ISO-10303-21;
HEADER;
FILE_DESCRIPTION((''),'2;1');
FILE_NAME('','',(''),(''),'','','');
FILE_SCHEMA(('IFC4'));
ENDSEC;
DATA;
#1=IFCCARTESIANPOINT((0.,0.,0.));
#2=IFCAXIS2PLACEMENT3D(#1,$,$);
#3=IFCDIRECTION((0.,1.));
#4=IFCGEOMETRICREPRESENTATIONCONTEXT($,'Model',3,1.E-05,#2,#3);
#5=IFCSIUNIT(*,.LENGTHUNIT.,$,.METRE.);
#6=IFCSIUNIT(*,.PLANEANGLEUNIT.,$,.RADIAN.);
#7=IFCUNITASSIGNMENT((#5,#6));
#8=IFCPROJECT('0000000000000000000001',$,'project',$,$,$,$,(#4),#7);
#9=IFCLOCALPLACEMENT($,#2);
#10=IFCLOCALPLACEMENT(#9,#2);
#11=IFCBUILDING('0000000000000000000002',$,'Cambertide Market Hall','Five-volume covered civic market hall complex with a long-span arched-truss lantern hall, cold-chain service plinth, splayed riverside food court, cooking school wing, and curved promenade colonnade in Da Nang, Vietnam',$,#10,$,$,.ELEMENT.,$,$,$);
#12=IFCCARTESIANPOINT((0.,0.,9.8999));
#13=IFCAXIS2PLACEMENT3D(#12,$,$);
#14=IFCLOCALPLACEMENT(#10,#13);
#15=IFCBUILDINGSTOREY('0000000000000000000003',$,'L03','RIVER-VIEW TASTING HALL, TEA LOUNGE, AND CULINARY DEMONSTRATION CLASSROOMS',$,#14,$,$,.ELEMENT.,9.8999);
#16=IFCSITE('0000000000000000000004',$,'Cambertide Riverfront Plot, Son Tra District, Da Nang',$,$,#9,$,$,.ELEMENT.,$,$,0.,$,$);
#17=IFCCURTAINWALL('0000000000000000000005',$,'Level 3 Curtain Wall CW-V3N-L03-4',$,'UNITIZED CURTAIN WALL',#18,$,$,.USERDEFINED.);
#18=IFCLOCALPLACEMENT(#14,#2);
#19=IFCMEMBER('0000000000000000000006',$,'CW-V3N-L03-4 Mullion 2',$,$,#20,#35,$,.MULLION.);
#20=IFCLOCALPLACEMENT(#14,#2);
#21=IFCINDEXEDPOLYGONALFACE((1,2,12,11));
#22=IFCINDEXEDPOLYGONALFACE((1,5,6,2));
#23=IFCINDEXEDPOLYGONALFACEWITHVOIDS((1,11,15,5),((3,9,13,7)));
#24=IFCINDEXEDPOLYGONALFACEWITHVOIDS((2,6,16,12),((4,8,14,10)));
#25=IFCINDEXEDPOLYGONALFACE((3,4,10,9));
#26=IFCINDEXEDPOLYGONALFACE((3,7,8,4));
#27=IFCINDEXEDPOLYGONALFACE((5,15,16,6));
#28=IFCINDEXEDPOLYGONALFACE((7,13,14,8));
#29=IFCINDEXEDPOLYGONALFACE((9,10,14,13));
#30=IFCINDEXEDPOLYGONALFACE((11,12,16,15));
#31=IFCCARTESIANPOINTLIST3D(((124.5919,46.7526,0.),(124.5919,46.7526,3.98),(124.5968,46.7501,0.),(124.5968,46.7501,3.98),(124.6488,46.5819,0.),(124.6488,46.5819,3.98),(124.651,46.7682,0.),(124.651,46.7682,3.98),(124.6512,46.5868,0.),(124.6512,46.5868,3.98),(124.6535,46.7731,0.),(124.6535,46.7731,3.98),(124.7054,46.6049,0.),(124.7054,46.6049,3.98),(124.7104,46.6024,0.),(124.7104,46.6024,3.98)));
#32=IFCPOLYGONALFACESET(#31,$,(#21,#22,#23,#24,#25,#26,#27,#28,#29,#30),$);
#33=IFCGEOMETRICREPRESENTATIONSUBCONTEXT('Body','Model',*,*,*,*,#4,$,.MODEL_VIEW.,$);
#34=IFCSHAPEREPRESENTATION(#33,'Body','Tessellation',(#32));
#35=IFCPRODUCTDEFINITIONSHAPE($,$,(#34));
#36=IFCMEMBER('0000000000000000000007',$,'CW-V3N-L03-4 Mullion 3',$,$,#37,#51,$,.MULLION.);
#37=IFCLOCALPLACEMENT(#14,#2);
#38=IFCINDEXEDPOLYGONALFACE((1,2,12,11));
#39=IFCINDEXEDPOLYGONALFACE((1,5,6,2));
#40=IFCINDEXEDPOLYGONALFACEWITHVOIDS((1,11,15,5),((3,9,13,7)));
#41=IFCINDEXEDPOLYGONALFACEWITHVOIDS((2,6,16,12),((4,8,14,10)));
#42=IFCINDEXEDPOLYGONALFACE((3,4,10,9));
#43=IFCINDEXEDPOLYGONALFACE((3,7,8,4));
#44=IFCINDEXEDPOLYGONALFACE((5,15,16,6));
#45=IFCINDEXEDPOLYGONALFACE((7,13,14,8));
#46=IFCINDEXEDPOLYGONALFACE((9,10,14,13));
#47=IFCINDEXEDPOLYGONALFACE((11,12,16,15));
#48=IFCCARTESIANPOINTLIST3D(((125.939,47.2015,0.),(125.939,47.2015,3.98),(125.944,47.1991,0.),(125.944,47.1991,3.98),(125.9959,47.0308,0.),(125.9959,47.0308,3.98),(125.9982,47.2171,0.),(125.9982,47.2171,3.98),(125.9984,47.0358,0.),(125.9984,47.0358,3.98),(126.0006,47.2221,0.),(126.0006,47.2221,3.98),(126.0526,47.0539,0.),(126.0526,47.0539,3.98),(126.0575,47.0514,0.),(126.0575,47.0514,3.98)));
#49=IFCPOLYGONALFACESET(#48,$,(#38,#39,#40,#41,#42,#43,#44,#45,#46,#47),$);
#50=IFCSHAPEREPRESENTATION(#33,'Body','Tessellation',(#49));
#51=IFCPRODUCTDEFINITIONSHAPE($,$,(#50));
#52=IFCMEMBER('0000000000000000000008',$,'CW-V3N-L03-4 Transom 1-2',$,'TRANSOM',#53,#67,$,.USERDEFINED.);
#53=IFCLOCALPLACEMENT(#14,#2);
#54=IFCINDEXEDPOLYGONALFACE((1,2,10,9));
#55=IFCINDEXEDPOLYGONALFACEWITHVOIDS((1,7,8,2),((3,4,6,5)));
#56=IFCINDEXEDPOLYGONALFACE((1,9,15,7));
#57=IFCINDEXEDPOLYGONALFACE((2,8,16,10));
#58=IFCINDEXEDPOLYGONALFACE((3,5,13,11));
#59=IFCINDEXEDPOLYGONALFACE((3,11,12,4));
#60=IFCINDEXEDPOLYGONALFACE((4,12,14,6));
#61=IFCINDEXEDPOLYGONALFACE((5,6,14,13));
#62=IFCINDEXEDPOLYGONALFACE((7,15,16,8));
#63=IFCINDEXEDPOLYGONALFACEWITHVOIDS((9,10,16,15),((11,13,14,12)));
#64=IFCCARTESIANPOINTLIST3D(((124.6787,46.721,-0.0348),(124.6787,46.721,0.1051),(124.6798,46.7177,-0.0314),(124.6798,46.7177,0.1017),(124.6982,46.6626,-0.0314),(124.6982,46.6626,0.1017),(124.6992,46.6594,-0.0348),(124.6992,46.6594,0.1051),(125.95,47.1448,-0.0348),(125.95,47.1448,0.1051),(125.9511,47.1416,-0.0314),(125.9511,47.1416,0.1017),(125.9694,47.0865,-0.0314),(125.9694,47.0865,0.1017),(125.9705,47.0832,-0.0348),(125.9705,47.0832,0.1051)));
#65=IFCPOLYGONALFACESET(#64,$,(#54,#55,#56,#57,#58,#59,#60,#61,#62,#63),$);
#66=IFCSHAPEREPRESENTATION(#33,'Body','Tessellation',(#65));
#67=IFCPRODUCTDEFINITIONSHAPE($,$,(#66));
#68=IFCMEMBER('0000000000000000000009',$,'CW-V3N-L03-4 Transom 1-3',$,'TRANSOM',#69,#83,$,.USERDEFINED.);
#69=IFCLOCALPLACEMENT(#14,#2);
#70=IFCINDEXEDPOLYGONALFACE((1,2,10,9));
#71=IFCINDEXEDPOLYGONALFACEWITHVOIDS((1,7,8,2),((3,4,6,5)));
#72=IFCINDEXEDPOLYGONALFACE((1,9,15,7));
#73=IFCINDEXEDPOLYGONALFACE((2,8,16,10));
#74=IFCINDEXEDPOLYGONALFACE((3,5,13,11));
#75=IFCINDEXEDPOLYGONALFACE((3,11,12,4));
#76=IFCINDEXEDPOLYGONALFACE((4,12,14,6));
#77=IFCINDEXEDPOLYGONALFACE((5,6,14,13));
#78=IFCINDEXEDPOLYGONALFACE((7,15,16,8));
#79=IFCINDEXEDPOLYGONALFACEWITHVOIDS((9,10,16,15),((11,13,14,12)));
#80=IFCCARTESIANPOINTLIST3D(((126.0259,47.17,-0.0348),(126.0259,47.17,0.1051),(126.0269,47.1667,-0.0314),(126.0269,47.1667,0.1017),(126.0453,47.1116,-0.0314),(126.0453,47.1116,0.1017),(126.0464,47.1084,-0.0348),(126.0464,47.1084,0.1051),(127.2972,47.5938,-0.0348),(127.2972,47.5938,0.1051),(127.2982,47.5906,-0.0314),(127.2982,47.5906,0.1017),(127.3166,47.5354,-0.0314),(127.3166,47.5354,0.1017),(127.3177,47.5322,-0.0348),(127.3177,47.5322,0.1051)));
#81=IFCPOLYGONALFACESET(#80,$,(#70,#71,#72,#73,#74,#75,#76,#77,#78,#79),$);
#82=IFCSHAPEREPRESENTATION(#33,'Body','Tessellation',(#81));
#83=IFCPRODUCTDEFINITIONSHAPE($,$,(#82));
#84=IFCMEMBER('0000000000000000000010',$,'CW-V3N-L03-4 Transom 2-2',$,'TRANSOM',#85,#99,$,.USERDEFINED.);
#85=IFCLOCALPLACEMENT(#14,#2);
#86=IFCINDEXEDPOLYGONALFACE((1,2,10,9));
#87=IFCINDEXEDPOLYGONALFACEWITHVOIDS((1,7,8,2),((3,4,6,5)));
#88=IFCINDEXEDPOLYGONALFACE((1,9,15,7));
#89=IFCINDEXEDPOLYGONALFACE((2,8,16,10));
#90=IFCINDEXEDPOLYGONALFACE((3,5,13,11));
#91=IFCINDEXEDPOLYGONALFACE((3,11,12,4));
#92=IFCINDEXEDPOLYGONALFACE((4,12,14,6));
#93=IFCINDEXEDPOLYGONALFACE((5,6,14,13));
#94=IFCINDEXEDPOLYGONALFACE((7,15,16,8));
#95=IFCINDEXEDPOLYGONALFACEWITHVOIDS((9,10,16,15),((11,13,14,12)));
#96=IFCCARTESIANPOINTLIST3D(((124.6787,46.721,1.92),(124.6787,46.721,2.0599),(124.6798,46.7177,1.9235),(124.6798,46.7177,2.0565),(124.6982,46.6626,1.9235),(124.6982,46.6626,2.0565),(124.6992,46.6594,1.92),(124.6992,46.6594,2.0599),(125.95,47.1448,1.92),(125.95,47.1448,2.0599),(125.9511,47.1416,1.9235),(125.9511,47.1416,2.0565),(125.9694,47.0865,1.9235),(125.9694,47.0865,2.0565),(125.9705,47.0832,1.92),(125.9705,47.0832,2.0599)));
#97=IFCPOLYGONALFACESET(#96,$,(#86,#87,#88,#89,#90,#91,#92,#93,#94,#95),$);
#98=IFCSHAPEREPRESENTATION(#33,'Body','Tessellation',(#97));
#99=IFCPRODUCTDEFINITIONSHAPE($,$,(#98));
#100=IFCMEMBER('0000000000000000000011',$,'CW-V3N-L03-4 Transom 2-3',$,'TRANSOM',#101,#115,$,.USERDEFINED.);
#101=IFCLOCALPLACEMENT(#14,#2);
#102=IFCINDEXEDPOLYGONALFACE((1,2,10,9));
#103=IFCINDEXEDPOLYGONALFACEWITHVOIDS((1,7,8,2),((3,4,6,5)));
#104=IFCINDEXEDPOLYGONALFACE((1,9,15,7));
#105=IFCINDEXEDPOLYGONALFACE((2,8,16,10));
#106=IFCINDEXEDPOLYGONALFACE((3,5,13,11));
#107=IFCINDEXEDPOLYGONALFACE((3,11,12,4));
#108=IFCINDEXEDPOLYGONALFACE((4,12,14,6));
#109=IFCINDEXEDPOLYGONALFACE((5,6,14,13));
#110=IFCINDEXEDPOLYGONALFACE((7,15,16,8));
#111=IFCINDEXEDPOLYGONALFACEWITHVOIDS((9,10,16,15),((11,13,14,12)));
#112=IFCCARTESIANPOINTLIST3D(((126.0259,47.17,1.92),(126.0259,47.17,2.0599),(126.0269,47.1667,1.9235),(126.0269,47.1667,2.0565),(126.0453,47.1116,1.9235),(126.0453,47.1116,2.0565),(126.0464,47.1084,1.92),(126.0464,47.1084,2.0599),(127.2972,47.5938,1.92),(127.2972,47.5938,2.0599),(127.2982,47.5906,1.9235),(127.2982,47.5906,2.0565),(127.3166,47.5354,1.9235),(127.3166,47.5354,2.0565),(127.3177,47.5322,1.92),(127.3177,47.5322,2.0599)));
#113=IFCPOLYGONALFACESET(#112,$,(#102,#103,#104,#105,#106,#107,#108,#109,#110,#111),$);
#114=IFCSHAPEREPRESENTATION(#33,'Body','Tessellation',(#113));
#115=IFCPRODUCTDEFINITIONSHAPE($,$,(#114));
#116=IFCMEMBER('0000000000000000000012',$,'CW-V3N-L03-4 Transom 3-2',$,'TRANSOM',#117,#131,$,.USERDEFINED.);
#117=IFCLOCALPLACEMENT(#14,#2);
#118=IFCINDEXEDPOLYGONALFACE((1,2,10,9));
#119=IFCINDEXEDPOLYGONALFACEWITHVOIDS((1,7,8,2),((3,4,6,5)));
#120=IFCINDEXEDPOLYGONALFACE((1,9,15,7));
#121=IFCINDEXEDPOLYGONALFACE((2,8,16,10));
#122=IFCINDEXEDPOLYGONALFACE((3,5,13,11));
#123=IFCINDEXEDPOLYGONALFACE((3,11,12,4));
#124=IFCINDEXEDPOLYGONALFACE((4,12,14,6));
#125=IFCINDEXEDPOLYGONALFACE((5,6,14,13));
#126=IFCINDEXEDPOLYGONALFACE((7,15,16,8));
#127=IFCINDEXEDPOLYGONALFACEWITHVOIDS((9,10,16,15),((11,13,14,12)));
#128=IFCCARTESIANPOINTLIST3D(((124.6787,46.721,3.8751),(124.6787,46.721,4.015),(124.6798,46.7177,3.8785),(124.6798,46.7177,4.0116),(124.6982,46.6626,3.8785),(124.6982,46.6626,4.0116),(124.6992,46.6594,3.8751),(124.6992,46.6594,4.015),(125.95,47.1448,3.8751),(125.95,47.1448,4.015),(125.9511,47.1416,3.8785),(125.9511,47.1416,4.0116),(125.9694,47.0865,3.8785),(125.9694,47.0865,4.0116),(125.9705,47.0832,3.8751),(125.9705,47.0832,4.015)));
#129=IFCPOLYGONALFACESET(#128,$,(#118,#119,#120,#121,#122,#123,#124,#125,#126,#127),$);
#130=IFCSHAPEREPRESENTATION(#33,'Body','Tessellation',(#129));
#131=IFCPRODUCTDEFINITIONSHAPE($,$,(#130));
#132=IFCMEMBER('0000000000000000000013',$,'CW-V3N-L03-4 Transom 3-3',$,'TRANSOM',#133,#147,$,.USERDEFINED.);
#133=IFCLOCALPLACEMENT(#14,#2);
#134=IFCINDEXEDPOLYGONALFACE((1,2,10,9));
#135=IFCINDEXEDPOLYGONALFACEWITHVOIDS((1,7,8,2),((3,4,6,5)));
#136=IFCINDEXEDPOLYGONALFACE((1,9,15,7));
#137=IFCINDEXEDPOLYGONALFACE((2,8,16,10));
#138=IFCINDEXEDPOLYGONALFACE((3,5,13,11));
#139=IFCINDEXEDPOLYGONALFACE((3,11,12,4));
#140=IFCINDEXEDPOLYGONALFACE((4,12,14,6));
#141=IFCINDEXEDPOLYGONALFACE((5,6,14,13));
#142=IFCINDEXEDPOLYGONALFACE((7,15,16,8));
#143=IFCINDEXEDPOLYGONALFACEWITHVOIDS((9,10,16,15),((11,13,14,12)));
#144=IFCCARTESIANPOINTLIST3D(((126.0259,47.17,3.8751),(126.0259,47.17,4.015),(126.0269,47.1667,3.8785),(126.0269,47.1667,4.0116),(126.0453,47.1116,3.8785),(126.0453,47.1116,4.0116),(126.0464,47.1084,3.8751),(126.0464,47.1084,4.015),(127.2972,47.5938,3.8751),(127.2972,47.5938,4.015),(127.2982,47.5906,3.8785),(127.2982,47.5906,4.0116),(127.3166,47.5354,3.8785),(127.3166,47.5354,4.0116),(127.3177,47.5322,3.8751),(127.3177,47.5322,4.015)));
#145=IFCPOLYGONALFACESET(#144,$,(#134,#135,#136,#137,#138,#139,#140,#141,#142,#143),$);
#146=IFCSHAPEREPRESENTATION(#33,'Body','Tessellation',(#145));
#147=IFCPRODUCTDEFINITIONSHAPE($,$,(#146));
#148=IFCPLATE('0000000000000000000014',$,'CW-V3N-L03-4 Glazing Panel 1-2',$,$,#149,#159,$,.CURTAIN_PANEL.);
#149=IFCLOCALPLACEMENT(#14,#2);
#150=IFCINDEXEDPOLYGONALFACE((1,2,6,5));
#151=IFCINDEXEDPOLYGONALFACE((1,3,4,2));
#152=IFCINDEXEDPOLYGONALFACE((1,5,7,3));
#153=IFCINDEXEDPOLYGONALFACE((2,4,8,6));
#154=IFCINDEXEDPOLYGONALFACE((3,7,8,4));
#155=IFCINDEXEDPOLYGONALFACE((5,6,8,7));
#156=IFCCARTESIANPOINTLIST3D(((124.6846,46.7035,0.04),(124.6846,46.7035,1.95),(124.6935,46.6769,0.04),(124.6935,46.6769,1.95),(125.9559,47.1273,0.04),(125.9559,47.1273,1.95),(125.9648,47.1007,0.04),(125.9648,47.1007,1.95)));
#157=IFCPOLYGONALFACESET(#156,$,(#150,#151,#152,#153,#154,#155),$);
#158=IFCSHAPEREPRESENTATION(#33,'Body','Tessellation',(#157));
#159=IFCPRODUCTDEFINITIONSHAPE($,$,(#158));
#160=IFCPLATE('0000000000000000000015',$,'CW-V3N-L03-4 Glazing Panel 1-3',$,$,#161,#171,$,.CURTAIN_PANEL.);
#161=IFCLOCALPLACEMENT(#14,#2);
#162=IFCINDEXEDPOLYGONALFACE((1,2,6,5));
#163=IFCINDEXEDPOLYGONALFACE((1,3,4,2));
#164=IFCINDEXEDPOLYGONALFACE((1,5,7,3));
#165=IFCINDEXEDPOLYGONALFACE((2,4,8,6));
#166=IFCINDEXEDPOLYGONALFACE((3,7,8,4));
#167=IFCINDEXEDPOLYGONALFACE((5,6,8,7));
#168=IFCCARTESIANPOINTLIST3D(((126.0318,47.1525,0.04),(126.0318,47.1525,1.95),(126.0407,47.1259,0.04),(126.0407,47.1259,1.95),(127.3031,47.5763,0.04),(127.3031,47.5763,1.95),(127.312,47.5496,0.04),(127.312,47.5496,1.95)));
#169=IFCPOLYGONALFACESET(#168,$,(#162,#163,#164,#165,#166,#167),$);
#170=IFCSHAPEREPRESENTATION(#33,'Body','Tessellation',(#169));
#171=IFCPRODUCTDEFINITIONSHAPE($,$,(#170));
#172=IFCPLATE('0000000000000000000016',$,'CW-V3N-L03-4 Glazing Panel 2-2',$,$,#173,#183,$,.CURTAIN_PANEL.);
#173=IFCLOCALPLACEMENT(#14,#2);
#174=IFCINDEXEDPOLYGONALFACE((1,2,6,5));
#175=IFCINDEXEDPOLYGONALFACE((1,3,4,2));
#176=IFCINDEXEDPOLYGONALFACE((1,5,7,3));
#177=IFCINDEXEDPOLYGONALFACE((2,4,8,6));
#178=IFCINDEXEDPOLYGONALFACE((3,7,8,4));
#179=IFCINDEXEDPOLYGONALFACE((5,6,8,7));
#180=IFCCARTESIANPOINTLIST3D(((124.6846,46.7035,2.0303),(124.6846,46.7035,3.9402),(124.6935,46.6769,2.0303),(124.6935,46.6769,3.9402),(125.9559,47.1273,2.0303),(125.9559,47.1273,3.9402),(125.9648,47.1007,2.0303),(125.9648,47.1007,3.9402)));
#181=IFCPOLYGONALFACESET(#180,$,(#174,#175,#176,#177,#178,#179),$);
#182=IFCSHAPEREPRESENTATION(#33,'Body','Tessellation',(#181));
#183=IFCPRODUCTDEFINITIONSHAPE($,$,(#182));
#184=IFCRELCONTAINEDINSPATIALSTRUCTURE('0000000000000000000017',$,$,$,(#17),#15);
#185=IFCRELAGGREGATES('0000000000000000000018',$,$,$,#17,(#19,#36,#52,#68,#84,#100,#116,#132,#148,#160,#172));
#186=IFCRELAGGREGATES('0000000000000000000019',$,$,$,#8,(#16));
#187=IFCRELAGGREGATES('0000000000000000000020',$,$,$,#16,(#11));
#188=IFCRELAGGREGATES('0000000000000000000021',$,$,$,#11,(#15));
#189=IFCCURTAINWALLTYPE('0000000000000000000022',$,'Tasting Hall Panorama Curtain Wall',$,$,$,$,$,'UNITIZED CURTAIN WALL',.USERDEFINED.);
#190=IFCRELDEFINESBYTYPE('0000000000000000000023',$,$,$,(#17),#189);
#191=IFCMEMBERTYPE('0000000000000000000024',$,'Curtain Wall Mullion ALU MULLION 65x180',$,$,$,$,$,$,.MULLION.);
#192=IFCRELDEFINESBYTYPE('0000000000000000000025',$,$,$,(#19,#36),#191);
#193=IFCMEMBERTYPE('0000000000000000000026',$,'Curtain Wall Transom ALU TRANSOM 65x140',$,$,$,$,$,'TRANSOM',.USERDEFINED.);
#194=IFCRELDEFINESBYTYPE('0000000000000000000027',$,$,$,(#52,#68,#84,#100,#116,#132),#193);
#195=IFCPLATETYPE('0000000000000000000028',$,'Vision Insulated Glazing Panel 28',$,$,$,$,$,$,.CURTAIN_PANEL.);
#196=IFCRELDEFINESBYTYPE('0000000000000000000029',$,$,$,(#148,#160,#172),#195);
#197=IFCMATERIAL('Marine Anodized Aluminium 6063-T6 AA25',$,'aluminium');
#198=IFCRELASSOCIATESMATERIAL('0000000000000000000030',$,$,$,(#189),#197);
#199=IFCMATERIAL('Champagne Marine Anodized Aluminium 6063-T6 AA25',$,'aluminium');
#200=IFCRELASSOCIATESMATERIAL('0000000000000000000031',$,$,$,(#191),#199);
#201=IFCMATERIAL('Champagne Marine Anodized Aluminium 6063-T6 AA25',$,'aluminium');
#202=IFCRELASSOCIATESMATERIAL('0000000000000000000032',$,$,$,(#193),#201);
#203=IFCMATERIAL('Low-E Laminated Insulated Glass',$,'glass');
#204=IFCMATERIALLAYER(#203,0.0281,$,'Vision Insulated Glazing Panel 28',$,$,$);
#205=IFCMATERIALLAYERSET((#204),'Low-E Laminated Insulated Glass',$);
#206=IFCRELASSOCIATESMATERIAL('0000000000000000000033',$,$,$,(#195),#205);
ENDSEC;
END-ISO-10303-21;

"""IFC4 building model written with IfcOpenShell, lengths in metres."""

from ifc_helpers import new_model, si_unit, direction, frame, origin, origin_2d, place, context, subcontext, project, spatial, rectangle, hollow_rectangle, extrude, material, layer, layer_set, material_profile, profile_set, type_object, element, aggregate, save


model = new_model("IFC4")

# Units and contexts
model_context = context("Model", 3, precision=1e-05, world=origin(), true_north=direction((0.0, 1.0)))
body_context = subcontext(model_context, "Body", "Model", "MODEL_VIEW")
ifc_project = project(units=[si_unit("LENGTHUNIT", "METRE"), si_unit("PLANEANGLEUNIT", "RADIAN")], contexts=[model_context])

# Site, building, storey
site_placement = place(None, origin())
site = spatial("IfcSite", under=ifc_project, at=site_placement, Name="Cambertide Riverfront Plot, Son Tra District, Da Nang", CompositionType="ELEMENT", RefElevation=0.0)
building_placement = place(site_placement, origin())
building = spatial("IfcBuilding", under=site, at=building_placement, Name="Cambertide Market Hall", Description="Five-volume covered civic market hall complex with a long-span arched-truss lantern hall, cold-chain service plinth, splayed riverside food court, cooking school wing, and curved promenade colonnade in Da Nang, Vietnam", CompositionType="ELEMENT")
storey_placement = place(building_placement, frame((0.0, 0.0, 9.8999)))
storey = spatial("IfcBuildingStorey", under=building, at=storey_placement, Name="L03", Description="RIVER-VIEW TASTING HALL, TEA LOUNGE, AND CULINARY DEMONSTRATION CLASSROOMS", CompositionType="ELEMENT", Elevation=9.8999)

# Curtain wall, members, plates
ifc_material_1 = material(Name="Marine Anodized Aluminium 6063-T6 AA25", Category="aluminium")
curtain_wall_type = type_object("IfcCurtainWallType", Name="Tasting Hall Panorama Curtain Wall", ElementType="UNITIZED CURTAIN WALL", PredefinedType="USERDEFINED", material=ifc_material_1)
curtain_wall_placement = place(storey_placement, origin())
curtain_wall = element("IfcCurtainWall", 1, at=curtain_wall_placement, inside=storey, type_object=curtain_wall_type, Name="Level 3 Curtain Wall CW-V3N-L03-4", ObjectType="UNITIZED CURTAIN WALL", PredefinedType="USERDEFINED")
ifc_material_2 = material(Name="Champagne Marine Anodized Aluminium 6063-T6 AA25", Category="aluminium")
ifc_material_profile_1 = material_profile(ifc_material_2, hollow_rectangle(XDim=0.0649, YDim=0.1799, WallThickness=0.0039, at=origin_2d()), Name="ALU MULLION 65x180")
ifc_profile_set_1 = profile_set([ifc_material_profile_1], Name="Champagne Marine Anodized Aluminium 6063-T6 AA25")
member_type_1 = type_object("IfcMemberType", Name="Curtain Wall Mullion ALU MULLION 65x180", PredefinedType="MULLION", material=ifc_profile_set_1)
member_1_placement = place(storey_placement, frame((124.6511, 46.6775, 0.0), z_axis=(0.0, 0.0, 1.0), x_axis=(0.948683, 0.316228, 0.0)))
member_1 = element("IfcMember", 2, at=member_1_placement, type_object=member_type_1, Name="CW-V3N-L03-4 Mullion 2", PredefinedType="MULLION", context=body_context, shape_type="SweptSolid", body=[
    extrude(hollow_rectangle(XDim=0.0649, YDim=0.1799, WallThickness=0.0039, at=origin_2d()), origin(), (0.0, 0.0, 1.0), 3.98),
])
member_2_placement = place(storey_placement, frame((125.9983, 47.1265, 0.0), z_axis=(0.0, 0.0, 1.0), x_axis=(0.948683, 0.316228, 0.0)))
member_2 = element("IfcMember", 3, at=member_2_placement, type_object=member_type_1, Name="CW-V3N-L03-4 Mullion 3", PredefinedType="MULLION", context=body_context, shape_type="SweptSolid", body=[
    extrude(hollow_rectangle(XDim=0.0649, YDim=0.1799, WallThickness=0.0039, at=origin_2d()), origin(), (0.0, 0.0, 1.0), 3.98),
])
ifc_material_3 = material(Name="Champagne Marine Anodized Aluminium 6063-T6 AA25", Category="aluminium")
ifc_material_profile_2 = material_profile(ifc_material_3, hollow_rectangle(XDim=0.0649, YDim=0.1399, WallThickness=0.0034, at=origin_2d()), Name="ALU TRANSOM 65x140")
ifc_profile_set_2 = profile_set([ifc_material_profile_2], Name="Champagne Marine Anodized Aluminium 6063-T6 AA25")
member_type_2 = type_object("IfcMemberType", Name="Curtain Wall Transom ALU TRANSOM 65x140", ElementType="TRANSOM", PredefinedType="USERDEFINED", material=ifc_profile_set_2)
member_3_placement = place(storey_placement, frame((124.689, 46.6902, 0.0352), z_axis=(0.948665, 0.316282, 0.0), x_axis=(-0.316282, 0.948665, 0.0)))
member_3 = element("IfcMember", 4, at=member_3_placement, type_object=member_type_2, Name="CW-V3N-L03-4 Transom 1-2", ObjectType="TRANSOM", PredefinedType="USERDEFINED", context=body_context, shape_type="SweptSolid", body=[
    extrude(hollow_rectangle(XDim=0.0649, YDim=0.1399, WallThickness=0.0034, at=origin_2d()), origin(), (0.0, 0.0, 1.0), 1.3401),
])
member_4_placement = place(storey_placement, frame((126.0361, 47.1392, 0.0352), z_axis=(0.948665, 0.316282, 0.0), x_axis=(-0.316282, 0.948665, 0.0)))
member_4 = element("IfcMember", 5, at=member_4_placement, type_object=member_type_2, Name="CW-V3N-L03-4 Transom 1-3", ObjectType="TRANSOM", PredefinedType="USERDEFINED", context=body_context, shape_type="SweptSolid", body=[
    extrude(hollow_rectangle(XDim=0.0649, YDim=0.1399, WallThickness=0.0034, at=origin_2d()), origin(), (0.0, 0.0, 1.0), 1.3401),
])
member_5_placement = place(storey_placement, frame((124.689, 46.6902, 1.99), z_axis=(0.948665, 0.316282, 0.0), x_axis=(-0.316282, 0.948665, 0.0)))
member_5 = element("IfcMember", 6, at=member_5_placement, type_object=member_type_2, Name="CW-V3N-L03-4 Transom 2-2", ObjectType="TRANSOM", PredefinedType="USERDEFINED", context=body_context, shape_type="SweptSolid", body=[
    extrude(hollow_rectangle(XDim=0.0649, YDim=0.1399, WallThickness=0.0034, at=origin_2d()), origin(), (0.0, 0.0, 1.0), 1.3401),
])
member_6_placement = place(storey_placement, frame((126.0361, 47.1392, 1.99), z_axis=(0.948665, 0.316282, 0.0), x_axis=(-0.316282, 0.948665, 0.0)))
member_6 = element("IfcMember", 7, at=member_6_placement, type_object=member_type_2, Name="CW-V3N-L03-4 Transom 2-3", ObjectType="TRANSOM", PredefinedType="USERDEFINED", context=body_context, shape_type="SweptSolid", body=[
    extrude(hollow_rectangle(XDim=0.0649, YDim=0.1399, WallThickness=0.0034, at=origin_2d()), origin(), (0.0, 0.0, 1.0), 1.3401),
])
member_7_placement = place(storey_placement, frame((124.689, 46.6902, 3.9451), z_axis=(0.948665, 0.316282, 0.0), x_axis=(-0.316282, 0.948665, 0.0)))
member_7 = element("IfcMember", 8, at=member_7_placement, type_object=member_type_2, Name="CW-V3N-L03-4 Transom 3-2", ObjectType="TRANSOM", PredefinedType="USERDEFINED", context=body_context, shape_type="SweptSolid", body=[
    extrude(hollow_rectangle(XDim=0.0649, YDim=0.1399, WallThickness=0.0034, at=origin_2d()), origin(), (0.0, 0.0, 1.0), 1.3401),
])
member_8_placement = place(storey_placement, frame((126.0361, 47.1392, 3.9451), z_axis=(0.948665, 0.316282, 0.0), x_axis=(-0.316282, 0.948665, 0.0)))
member_8 = element("IfcMember", 9, at=member_8_placement, type_object=member_type_2, Name="CW-V3N-L03-4 Transom 3-3", ObjectType="TRANSOM", PredefinedType="USERDEFINED", context=body_context, shape_type="SweptSolid", body=[
    extrude(hollow_rectangle(XDim=0.0649, YDim=0.1399, WallThickness=0.0034, at=origin_2d()), origin(), (0.0, 0.0, 1.0), 1.3401),
])
ifc_material_4 = material(Name="Low-E Laminated Insulated Glass", Category="glass")
ifc_layer_1 = layer(ifc_material_4, 0.0281, Name="Vision Insulated Glazing Panel 28")
ifc_layer_set_1 = layer_set([ifc_layer_1], Name="Low-E Laminated Insulated Glass")
plate_type = type_object("IfcPlateType", Name="Vision Insulated Glazing Panel 28", PredefinedType="CURTAIN_PANEL", material=ifc_layer_set_1)
plate_1_placement = place(storey_placement, frame((125.3247, 46.9021, 0.04), z_axis=(0.0, 0.0, 1.0), x_axis=(0.948683, 0.316228, 0.0)))
plate_1 = element("IfcPlate", 10, at=plate_1_placement, type_object=plate_type, Name="CW-V3N-L03-4 Glazing Panel 1-2", PredefinedType="CURTAIN_PANEL", context=body_context, shape_type="SweptSolid", body=[
    extrude(rectangle(XDim=1.3401, YDim=0.0281, at=origin_2d()), origin(), (0.0, 0.0, 1.0), 1.9099),
])
plate_2_placement = place(storey_placement, frame((126.6719, 47.3511, 0.04), z_axis=(0.0, 0.0, 1.0), x_axis=(0.948683, 0.316228, 0.0)))
plate_2 = element("IfcPlate", 11, at=plate_2_placement, type_object=plate_type, Name="CW-V3N-L03-4 Glazing Panel 1-3", PredefinedType="CURTAIN_PANEL", context=body_context, shape_type="SweptSolid", body=[
    extrude(rectangle(XDim=1.3401, YDim=0.0281, at=origin_2d()), origin(), (0.0, 0.0, 1.0), 1.9099),
])
plate_3_placement = place(storey_placement, frame((125.3247, 46.9021, 2.0303), z_axis=(0.0, 0.0, 1.0), x_axis=(0.948683, 0.316228, 0.0)))
plate_3 = element("IfcPlate", 12, at=plate_3_placement, type_object=plate_type, Name="CW-V3N-L03-4 Glazing Panel 2-2", PredefinedType="CURTAIN_PANEL", context=body_context, shape_type="SweptSolid", body=[
    extrude(rectangle(XDim=1.3401, YDim=0.0281, at=origin_2d()), origin(), (0.0, 0.0, 1.0), 1.9099),
])
aggregate(curtain_wall, [member_1, member_2, member_3, member_4, member_5, member_6, member_7, member_8, plate_1, plate_2, plate_3])

save(model, "model.ifc")
